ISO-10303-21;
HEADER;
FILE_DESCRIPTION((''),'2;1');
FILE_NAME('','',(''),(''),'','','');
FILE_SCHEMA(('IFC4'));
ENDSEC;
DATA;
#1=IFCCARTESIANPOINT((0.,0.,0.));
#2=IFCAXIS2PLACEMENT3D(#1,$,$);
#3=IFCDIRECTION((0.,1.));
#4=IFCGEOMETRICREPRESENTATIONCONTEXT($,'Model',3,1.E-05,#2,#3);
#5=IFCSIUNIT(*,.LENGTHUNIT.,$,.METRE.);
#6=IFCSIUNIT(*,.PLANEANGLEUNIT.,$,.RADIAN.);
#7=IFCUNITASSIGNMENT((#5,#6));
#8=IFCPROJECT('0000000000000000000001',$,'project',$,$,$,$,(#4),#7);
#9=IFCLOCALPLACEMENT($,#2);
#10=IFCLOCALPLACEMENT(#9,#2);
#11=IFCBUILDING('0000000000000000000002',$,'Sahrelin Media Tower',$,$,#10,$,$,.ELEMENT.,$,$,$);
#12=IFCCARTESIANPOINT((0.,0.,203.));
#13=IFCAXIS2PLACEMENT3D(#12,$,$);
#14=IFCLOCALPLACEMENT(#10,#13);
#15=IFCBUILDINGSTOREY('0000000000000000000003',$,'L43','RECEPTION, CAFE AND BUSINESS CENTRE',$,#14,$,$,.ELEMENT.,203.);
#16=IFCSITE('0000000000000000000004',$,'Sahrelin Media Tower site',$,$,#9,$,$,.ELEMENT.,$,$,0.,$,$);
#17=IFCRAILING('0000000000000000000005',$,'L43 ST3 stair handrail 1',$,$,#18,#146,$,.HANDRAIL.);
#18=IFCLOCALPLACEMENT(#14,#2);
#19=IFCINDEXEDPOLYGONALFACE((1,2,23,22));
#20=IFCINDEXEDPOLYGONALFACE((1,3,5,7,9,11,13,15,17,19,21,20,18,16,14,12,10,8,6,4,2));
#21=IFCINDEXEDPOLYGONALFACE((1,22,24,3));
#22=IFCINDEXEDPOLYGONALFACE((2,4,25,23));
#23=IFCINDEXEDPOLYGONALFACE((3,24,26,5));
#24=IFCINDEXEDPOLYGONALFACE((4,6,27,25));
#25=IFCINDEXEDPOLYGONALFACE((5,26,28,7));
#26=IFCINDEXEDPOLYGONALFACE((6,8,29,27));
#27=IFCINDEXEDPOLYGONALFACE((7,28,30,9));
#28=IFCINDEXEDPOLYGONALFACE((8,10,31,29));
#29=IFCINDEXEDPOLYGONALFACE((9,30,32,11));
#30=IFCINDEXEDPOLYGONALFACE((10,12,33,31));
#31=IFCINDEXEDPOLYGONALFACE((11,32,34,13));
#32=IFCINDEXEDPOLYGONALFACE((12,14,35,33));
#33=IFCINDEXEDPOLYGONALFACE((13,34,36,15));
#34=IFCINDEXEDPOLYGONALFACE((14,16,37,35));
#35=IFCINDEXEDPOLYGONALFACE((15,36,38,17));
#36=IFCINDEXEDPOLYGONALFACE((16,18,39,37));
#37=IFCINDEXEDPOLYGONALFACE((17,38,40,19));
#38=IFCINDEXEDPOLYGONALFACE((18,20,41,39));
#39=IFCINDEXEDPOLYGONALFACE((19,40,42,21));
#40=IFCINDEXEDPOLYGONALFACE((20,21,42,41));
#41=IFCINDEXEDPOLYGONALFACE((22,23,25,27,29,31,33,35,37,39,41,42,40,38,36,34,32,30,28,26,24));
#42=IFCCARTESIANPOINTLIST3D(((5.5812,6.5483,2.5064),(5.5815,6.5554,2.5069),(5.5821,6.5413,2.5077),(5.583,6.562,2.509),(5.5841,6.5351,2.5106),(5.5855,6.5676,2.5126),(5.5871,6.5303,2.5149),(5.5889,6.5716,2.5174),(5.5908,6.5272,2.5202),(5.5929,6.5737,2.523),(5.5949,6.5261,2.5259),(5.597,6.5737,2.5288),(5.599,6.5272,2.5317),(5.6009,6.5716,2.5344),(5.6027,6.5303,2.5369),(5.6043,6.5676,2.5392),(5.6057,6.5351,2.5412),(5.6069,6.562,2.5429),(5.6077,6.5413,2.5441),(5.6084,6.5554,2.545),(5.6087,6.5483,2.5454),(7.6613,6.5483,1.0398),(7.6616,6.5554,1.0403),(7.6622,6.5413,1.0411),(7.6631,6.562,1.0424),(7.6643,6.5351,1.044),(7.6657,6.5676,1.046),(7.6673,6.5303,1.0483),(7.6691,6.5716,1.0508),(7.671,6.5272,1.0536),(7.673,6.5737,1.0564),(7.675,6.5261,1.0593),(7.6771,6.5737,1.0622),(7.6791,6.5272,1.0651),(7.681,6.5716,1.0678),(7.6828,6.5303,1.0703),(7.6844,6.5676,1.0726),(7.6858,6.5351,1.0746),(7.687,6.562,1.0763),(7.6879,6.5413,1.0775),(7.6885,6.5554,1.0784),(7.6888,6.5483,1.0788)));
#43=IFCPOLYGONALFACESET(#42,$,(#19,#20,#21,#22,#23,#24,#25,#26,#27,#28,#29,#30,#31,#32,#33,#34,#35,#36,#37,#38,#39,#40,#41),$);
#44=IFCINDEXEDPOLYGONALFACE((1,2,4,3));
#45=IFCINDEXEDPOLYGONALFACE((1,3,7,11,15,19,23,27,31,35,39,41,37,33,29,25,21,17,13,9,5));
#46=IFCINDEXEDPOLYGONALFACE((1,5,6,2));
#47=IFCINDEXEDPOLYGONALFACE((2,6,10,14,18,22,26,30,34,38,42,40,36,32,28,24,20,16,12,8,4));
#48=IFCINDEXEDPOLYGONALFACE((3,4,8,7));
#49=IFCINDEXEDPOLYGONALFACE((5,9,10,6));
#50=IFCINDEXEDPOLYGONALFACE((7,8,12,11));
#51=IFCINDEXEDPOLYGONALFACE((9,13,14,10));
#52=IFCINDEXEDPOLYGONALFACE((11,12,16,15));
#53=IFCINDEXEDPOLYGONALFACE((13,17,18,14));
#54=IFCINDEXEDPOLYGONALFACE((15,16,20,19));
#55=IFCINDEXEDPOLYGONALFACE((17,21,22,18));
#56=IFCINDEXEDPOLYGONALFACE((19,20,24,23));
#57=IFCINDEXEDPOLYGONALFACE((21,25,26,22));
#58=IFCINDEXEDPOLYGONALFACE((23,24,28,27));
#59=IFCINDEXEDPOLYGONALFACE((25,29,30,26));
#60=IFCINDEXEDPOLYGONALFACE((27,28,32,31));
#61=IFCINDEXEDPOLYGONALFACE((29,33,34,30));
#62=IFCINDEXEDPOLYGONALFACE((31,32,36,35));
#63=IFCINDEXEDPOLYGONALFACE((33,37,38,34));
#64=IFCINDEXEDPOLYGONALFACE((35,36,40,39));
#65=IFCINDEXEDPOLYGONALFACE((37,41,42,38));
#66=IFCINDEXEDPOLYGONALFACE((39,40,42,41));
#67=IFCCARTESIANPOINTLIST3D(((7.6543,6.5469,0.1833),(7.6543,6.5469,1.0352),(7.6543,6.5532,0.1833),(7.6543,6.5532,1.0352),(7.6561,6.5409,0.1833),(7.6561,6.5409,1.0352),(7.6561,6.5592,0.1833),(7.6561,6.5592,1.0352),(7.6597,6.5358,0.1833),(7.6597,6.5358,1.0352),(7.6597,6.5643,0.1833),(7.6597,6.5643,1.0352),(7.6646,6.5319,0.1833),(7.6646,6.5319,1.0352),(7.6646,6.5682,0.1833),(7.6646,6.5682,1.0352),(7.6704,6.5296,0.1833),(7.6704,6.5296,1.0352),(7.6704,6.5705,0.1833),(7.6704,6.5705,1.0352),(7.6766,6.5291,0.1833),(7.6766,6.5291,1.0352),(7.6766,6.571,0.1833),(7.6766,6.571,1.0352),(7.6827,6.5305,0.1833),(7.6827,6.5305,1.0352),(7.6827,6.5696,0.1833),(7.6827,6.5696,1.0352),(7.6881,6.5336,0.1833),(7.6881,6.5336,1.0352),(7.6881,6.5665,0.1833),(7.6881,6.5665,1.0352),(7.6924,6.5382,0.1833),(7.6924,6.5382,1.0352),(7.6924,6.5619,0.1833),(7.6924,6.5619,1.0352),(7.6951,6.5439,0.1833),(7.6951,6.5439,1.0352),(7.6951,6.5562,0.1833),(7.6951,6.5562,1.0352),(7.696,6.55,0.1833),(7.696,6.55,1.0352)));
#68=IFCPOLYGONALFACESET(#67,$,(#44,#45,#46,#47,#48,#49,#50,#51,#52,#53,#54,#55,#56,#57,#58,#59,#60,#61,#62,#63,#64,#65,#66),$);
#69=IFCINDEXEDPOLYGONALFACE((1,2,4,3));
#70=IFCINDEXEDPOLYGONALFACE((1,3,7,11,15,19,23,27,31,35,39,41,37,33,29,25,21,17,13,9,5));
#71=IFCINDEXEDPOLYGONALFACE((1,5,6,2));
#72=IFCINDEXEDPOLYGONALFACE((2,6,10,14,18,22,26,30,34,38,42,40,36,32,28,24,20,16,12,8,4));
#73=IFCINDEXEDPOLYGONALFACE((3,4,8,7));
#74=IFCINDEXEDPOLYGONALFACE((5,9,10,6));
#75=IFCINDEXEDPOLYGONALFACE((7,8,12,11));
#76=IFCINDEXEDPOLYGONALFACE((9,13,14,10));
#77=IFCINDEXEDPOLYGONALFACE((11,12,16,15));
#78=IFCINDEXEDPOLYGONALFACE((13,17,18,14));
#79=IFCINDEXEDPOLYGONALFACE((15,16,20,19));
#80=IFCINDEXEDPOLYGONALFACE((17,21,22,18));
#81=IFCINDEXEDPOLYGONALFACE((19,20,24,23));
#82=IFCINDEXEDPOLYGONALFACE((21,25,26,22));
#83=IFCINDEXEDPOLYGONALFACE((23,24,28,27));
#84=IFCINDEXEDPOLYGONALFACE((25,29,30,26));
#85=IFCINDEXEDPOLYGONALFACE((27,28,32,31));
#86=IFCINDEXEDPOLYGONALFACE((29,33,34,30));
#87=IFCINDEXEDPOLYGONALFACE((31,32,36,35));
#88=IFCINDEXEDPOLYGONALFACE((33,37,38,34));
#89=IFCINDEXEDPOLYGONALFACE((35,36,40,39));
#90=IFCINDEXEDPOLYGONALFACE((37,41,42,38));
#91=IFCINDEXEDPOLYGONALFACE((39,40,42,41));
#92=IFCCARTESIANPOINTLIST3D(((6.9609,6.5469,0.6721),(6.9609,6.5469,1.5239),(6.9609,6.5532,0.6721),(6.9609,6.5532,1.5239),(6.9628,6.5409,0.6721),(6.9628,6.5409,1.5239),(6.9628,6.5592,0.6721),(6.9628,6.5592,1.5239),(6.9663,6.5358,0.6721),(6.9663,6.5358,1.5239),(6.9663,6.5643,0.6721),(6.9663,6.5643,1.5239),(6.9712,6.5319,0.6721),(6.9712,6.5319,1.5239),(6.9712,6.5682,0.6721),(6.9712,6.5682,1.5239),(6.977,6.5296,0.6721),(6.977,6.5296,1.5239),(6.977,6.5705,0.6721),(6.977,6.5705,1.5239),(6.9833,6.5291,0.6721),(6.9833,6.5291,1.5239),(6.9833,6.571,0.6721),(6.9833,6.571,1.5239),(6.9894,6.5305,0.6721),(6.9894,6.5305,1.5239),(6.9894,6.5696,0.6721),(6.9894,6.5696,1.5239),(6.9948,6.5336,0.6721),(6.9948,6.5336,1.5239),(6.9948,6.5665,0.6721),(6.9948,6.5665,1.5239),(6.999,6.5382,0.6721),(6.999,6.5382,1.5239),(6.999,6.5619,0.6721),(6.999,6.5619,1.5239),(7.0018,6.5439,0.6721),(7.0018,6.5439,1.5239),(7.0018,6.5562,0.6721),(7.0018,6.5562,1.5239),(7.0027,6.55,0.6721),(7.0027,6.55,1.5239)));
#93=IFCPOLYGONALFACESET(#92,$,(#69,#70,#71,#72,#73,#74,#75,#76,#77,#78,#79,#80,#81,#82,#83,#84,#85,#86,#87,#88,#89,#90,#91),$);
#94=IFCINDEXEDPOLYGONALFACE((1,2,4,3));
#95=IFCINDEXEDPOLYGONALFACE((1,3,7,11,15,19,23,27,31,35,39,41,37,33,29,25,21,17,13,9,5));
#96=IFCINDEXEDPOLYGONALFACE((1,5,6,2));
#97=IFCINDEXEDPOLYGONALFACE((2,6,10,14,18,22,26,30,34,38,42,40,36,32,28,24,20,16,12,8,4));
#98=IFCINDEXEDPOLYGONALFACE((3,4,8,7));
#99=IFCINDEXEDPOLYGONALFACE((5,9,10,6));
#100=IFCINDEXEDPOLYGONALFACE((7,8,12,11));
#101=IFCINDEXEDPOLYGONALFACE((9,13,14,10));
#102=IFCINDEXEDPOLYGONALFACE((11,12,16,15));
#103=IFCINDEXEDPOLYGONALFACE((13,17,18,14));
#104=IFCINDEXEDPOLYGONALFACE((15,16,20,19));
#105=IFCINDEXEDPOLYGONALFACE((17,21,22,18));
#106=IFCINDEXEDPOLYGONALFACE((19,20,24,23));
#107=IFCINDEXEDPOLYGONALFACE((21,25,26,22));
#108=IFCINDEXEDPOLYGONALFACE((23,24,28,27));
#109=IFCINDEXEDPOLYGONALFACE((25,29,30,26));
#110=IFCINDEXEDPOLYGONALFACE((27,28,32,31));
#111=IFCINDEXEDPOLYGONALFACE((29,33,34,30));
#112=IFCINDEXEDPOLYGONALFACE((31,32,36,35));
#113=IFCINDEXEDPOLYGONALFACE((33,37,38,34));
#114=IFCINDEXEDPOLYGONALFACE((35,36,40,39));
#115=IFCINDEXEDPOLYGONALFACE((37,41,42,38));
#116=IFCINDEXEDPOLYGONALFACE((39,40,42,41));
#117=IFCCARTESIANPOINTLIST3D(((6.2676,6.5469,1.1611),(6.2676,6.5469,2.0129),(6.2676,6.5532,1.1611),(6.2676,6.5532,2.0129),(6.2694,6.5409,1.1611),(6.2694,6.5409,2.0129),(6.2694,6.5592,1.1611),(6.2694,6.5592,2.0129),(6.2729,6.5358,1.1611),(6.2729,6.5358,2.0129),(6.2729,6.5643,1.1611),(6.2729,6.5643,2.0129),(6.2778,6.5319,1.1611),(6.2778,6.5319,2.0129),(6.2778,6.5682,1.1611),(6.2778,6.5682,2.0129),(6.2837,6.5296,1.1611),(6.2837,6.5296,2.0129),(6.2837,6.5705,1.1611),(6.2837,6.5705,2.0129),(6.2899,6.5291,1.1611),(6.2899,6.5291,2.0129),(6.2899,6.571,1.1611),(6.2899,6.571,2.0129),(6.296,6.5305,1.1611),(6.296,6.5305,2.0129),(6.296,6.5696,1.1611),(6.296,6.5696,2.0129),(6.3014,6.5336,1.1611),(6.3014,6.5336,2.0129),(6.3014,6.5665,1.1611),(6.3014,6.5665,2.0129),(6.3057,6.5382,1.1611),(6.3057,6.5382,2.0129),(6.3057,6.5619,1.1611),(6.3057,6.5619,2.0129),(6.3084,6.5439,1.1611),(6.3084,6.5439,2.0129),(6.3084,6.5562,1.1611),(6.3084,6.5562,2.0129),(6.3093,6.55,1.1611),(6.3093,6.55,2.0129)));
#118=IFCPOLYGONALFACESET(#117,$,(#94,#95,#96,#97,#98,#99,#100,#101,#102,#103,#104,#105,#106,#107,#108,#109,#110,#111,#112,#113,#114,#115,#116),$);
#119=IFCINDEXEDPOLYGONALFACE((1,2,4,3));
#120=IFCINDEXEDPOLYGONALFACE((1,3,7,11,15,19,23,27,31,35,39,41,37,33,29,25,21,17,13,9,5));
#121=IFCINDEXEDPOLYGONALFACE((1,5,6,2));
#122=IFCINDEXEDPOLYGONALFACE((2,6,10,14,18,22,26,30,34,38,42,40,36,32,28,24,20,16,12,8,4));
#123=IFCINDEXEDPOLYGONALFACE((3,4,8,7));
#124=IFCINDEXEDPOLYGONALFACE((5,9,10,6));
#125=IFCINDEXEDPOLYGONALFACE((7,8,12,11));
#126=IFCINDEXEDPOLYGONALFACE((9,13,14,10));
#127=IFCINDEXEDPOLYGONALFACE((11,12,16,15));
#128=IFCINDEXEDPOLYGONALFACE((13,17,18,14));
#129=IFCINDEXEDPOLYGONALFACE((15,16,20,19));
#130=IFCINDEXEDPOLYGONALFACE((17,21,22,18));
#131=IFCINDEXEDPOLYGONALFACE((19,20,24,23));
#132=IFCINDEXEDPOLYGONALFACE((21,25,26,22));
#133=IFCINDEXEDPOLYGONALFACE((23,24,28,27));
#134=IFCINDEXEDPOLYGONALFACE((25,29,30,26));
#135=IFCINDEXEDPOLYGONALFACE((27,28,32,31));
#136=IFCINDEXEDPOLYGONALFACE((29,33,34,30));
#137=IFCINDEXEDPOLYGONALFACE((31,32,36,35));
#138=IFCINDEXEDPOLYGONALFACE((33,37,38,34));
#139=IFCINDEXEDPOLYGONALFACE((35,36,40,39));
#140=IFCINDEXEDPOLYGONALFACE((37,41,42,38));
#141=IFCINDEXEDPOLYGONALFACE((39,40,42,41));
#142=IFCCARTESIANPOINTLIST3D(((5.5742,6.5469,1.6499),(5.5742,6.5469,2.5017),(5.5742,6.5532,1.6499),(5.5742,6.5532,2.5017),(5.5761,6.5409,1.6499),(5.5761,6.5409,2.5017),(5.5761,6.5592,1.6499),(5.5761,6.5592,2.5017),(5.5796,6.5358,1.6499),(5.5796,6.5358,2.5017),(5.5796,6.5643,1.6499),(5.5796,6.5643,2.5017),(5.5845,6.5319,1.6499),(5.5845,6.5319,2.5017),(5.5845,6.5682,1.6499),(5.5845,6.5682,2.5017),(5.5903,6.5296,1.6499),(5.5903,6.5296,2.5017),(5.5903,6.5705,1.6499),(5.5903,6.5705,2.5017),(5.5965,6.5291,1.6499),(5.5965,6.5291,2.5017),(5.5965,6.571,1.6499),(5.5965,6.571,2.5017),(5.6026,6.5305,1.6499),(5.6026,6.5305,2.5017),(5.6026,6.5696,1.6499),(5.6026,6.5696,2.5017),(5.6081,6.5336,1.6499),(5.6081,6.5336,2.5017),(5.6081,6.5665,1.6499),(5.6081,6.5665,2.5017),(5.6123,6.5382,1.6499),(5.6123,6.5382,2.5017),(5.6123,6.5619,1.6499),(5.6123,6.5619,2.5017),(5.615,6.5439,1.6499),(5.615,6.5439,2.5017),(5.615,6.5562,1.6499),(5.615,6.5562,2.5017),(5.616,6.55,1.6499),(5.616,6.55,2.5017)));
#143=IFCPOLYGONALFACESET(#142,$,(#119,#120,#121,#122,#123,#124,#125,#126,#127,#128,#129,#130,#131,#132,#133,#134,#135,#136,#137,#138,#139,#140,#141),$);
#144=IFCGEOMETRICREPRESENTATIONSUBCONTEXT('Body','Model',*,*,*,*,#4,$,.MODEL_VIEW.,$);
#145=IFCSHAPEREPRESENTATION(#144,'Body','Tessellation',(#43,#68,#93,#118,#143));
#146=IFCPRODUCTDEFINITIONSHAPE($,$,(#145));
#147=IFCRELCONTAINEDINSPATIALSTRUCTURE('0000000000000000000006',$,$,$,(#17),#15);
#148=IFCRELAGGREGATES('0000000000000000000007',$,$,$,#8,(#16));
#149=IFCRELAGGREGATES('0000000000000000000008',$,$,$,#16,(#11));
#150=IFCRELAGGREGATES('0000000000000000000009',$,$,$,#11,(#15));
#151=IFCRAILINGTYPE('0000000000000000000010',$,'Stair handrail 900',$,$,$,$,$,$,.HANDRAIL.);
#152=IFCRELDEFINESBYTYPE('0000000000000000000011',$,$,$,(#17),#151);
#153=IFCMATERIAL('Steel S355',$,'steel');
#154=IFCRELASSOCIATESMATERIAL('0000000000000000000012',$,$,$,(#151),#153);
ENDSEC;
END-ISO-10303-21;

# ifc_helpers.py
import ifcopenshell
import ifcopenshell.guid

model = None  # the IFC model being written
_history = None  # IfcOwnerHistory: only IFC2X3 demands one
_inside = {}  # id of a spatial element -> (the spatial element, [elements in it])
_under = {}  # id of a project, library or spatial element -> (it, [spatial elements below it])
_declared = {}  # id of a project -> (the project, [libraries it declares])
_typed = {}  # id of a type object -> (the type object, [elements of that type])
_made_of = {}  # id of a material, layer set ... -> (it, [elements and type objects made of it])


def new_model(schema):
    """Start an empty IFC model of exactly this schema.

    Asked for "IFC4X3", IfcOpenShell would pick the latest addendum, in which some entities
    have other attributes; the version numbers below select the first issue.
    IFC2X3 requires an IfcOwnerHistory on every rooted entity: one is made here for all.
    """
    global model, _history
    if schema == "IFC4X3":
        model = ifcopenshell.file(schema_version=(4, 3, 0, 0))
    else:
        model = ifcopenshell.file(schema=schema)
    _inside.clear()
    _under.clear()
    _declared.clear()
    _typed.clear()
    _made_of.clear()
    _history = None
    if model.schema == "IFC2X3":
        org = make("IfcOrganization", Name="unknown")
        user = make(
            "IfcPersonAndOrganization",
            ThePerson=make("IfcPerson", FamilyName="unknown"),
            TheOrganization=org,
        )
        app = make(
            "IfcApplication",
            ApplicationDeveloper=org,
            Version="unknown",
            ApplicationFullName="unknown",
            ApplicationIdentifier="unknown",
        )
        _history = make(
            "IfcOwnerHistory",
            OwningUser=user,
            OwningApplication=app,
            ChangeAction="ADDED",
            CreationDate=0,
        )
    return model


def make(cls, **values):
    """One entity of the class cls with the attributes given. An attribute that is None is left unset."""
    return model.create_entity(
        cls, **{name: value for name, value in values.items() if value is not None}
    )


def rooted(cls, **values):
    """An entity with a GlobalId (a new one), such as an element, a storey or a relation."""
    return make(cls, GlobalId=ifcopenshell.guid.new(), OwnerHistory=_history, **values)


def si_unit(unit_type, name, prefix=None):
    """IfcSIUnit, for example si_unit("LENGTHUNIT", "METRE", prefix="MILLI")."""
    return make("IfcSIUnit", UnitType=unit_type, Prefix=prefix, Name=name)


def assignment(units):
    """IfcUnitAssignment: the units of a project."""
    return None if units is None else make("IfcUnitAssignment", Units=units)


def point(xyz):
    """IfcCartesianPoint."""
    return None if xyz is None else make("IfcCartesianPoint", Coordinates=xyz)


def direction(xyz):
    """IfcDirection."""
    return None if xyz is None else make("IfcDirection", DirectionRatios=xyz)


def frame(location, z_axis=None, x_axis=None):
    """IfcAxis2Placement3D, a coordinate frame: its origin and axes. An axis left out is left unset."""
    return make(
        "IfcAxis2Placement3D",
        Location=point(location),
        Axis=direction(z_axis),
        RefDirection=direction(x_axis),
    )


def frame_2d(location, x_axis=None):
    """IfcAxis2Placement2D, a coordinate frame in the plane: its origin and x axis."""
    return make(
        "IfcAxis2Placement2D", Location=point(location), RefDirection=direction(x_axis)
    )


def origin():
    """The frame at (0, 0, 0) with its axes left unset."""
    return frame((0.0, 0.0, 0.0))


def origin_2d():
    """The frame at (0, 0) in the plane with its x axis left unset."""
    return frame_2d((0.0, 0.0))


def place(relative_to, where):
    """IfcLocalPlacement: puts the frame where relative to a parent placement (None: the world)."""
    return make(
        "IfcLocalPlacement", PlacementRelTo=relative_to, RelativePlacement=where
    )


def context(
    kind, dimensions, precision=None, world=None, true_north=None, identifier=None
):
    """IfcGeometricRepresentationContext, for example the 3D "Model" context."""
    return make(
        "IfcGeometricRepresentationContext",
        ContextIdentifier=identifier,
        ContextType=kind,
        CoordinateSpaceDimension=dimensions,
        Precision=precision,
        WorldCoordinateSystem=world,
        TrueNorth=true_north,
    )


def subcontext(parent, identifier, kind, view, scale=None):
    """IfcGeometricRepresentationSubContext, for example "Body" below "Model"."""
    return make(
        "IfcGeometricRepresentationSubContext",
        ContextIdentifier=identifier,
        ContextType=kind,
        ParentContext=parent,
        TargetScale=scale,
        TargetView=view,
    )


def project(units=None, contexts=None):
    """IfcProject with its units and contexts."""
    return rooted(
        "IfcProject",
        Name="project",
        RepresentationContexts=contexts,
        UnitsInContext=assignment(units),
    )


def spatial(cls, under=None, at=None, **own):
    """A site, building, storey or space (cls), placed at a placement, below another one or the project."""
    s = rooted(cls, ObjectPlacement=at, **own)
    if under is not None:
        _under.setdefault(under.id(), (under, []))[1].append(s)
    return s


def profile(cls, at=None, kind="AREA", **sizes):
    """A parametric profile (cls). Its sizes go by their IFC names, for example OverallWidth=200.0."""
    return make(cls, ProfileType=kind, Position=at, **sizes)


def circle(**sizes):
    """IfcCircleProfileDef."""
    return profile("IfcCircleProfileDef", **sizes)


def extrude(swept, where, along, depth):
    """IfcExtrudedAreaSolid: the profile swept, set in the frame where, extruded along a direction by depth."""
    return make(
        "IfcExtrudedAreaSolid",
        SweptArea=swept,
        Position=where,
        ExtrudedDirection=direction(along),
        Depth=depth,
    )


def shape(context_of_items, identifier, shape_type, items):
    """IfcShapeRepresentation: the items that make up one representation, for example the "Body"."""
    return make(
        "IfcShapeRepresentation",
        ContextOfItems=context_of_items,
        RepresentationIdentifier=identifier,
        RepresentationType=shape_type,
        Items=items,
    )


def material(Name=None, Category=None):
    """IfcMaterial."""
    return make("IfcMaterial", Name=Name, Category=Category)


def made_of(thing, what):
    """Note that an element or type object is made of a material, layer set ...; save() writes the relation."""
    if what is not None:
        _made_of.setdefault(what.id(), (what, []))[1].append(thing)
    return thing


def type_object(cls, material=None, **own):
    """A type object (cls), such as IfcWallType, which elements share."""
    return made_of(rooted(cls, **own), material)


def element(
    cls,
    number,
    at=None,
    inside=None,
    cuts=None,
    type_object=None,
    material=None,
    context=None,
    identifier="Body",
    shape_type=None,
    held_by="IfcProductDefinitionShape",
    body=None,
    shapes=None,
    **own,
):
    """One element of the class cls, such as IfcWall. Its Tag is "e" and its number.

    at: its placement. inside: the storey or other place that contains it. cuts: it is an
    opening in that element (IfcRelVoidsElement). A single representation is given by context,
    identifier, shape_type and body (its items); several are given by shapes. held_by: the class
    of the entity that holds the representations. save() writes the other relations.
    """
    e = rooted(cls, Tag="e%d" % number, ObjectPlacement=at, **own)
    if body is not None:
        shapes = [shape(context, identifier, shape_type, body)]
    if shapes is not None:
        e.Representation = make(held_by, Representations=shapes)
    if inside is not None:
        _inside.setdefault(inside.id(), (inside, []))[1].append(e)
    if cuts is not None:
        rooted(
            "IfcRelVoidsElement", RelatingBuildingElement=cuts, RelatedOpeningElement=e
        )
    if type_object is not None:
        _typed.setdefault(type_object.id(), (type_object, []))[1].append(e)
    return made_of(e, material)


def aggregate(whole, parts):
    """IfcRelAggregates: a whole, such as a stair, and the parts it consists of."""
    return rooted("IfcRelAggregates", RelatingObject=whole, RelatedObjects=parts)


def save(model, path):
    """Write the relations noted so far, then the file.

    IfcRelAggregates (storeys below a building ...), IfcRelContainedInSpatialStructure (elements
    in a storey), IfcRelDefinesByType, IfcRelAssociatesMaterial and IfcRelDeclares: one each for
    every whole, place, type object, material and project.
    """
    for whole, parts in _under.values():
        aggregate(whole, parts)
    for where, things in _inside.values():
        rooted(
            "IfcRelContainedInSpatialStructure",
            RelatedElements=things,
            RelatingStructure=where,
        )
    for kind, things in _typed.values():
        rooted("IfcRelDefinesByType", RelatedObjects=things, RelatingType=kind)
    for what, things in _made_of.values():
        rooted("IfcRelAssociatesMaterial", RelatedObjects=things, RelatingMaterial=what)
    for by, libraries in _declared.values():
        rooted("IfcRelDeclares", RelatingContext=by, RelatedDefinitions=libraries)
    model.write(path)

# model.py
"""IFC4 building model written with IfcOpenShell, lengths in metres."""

from ifc_helpers import new_model, si_unit, direction, frame, origin, origin_2d, place, context, subcontext, project, spatial, circle, extrude, material, type_object, element, save


model = new_model("IFC4")

# Units and contexts
model_context = context("Model", 3, precision=1e-05, world=origin(), true_north=direction((0.0, 1.0)))
body_context = subcontext(model_context, "Body", "Model", "MODEL_VIEW")
ifc_project = project(units=[si_unit("LENGTHUNIT", "METRE"), si_unit("PLANEANGLEUNIT", "RADIAN")], contexts=[model_context])

# Site, building, storey
site_placement = place(None, origin())
site = spatial("IfcSite", under=ifc_project, at=site_placement, Name="Sahrelin Media Tower site", CompositionType="ELEMENT", RefElevation=0.0)
building_placement = place(site_placement, origin())
building = spatial("IfcBuilding", under=site, at=building_placement, Name="Sahrelin Media Tower", CompositionType="ELEMENT")
storey_placement = place(building_placement, frame((0.0, 0.0, 203.0)))
storey = spatial("IfcBuildingStorey", under=building, at=storey_placement, Name="L43", Description="RECEPTION, CAFE AND BUSINESS CENTRE", CompositionType="ELEMENT", Elevation=203.0)

# Shared definitions
ifc_material_1 = material(Name="Steel S355", Category="steel")

# Railing
railing_type = type_object("IfcRailingType", Name="Stair handrail 900", PredefinedType="HANDRAIL", material=ifc_material_1)
for number, where, name in (
    (1, (7.675, 6.55, 0.1833), "L43 ST3 stair handrail 1"),
):
    element("IfcRailing", number, at=place(storey_placement, frame(where)), inside=storey, type_object=railing_type, Name=name, PredefinedType="HANDRAIL", context=body_context, shape_type="SweptSolid", body=[
        extrude(circle(Radius=0.0239, at=origin_2d()), frame((0.0, 0.0, 0.876), z_axis=(-0.817289, 0.0, 0.576227), x_axis=(0.0, -1.0, 0.0)), (0.0, 0.0, 1.0), 2.5452),
        extrude(circle(Radius=0.021, at=origin_2d()), origin(), (0.0, 0.0, 1.0), 0.8518),
        extrude(circle(Radius=0.021, at=origin_2d()), frame((-0.6934, 0.0, 0.4888)), (0.0, 0.0, 1.0), 0.8518),
        extrude(circle(Radius=0.021, at=origin_2d()), frame((-1.3867, 0.0, 0.9778)), (0.0, 0.0, 1.0), 0.8518),
        extrude(circle(Radius=0.021, at=origin_2d()), frame((-2.0801, 0.0, 1.4666)), (0.0, 0.0, 1.0), 0.8518),
    ])

save(model, "model.ifc")
